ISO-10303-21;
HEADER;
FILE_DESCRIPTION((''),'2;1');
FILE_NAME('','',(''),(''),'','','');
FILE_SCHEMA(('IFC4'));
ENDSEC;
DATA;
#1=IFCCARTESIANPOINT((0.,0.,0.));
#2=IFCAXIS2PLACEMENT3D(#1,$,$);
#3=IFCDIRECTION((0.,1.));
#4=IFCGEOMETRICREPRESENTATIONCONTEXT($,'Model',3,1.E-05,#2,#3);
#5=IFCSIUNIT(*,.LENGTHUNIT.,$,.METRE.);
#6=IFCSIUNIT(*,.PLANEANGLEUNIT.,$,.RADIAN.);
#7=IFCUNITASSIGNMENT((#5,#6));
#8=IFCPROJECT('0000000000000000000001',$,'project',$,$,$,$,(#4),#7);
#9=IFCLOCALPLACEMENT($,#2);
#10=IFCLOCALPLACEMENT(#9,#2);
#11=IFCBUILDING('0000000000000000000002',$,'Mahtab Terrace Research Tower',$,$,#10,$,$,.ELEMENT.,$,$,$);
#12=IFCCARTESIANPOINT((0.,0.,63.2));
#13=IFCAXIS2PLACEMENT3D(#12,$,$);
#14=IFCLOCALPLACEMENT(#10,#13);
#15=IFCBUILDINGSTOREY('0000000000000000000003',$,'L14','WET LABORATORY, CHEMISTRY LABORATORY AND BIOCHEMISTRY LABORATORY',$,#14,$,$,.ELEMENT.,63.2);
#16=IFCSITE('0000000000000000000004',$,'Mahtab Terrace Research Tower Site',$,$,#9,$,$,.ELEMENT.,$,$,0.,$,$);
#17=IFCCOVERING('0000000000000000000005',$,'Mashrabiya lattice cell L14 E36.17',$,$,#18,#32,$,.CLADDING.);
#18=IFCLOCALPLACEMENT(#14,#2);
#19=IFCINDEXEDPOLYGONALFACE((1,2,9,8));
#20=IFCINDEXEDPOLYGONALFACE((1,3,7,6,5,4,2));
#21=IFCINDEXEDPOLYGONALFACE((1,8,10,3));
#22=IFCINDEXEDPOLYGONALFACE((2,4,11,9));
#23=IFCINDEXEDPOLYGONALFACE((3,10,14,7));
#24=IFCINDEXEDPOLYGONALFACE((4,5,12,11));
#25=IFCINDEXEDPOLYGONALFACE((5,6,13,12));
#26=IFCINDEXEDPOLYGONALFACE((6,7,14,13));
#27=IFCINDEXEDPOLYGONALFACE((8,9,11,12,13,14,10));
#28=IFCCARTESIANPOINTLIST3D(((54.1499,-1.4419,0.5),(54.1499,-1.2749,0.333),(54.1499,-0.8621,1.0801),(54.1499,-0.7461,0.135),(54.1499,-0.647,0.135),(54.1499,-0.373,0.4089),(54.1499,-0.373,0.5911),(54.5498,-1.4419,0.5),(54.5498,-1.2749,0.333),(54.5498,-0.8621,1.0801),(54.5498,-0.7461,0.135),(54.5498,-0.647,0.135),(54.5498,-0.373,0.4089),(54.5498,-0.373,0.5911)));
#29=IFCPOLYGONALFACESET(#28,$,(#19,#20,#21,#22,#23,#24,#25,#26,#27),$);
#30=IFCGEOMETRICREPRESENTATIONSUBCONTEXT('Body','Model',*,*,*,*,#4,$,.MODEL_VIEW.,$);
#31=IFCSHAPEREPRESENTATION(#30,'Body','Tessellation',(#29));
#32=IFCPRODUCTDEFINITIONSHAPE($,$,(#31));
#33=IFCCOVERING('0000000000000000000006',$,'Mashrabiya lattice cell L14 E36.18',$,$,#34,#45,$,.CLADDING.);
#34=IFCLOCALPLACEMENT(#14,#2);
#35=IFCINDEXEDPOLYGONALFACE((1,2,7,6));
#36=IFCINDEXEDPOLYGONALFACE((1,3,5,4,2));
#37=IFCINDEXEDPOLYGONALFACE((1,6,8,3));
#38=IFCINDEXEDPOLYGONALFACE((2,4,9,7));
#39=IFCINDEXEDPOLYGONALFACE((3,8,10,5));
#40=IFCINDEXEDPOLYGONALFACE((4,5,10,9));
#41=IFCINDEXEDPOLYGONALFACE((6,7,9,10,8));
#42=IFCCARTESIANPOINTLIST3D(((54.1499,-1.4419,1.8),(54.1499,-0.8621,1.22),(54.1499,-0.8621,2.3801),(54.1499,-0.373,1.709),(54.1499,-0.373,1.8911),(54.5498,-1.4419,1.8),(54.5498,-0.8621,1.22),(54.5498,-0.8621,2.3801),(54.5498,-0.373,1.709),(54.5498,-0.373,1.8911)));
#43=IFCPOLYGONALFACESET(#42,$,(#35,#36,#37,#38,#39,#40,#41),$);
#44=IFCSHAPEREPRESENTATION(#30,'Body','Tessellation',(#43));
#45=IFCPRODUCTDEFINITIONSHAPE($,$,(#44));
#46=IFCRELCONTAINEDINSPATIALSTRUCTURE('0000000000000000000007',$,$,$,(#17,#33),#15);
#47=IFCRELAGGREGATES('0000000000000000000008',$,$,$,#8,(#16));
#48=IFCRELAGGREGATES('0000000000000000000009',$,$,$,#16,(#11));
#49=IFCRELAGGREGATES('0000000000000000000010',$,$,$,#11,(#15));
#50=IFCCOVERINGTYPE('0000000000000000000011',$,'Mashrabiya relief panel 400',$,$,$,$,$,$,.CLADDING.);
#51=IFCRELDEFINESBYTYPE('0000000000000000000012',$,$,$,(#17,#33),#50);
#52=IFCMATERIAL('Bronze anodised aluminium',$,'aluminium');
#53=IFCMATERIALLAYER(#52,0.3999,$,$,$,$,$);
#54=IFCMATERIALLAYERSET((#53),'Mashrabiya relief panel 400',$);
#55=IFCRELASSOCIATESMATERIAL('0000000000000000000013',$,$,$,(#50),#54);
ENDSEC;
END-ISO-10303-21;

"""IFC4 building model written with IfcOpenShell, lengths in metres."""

from ifc_helpers import new_model, si_unit, direction, frame, origin, place, context, subcontext, project, spatial, polyline, outline, extrude, material, layer, layer_set, type_object, element, save


model = new_model("IFC4")

# Units and contexts
model_context = context("Model", 3, precision=1e-05, world=origin(), true_north=direction((0.0, 1.0)))
body_context = subcontext(model_context, "Body", "Model", "MODEL_VIEW")
ifc_project = project(units=[si_unit("LENGTHUNIT", "METRE"), si_unit("PLANEANGLEUNIT", "RADIAN")], contexts=[model_context])

# Site, building, storey
site_placement = place(None, origin())
site = spatial("IfcSite", under=ifc_project, at=site_placement, Name="Mahtab Terrace Research Tower Site", CompositionType="ELEMENT", RefElevation=0.0)
building_placement = place(site_placement, origin())
building = spatial("IfcBuilding", under=site, at=building_placement, Name="Mahtab Terrace Research Tower", CompositionType="ELEMENT")
storey_placement = place(building_placement, frame((0.0, 0.0, 63.2)))
storey = spatial("IfcBuildingStorey", under=building, at=storey_placement, Name="L14", Description="WET LABORATORY, CHEMISTRY LABORATORY AND BIOCHEMISTRY LABORATORY", CompositionType="ELEMENT", Elevation=63.2)

# Coverings
ifc_material = material(Name="Bronze anodised aluminium", Category="aluminium")
ifc_layer = layer(ifc_material, 0.3999)
ifc_layer_set = layer_set([ifc_layer], Name="Mashrabiya relief panel 400")
covering_type = type_object("IfcCoveringType", Name="Mashrabiya relief panel 400", PredefinedType="CLADDING", material=ifc_layer_set)
covering_1_placement = place(storey_placement, frame((54.1499, -1.4419, 0.5), z_axis=(-1.0, 0.0, 0.0), x_axis=(0.0, 0.706958, 0.707256)))
element("IfcCovering", 1, at=covering_1_placement, inside=storey, type_object=covering_type, Name="Mashrabiya lattice cell L14 E36.17", PredefinedType="CLADDING", context=body_context, shape_type="SweptSolid", body=[
    extrude(outline(polyline([(0.0, 0.0), (0.8202, 0.0), (0.82, 0.6916), (0.6912, 0.8203), (0.3038, 0.8202), (0.2338, 0.7501), (0.0, 0.2362), (0.0, 0.0)])), origin(), (0.0, 0.0, -1.0), 0.3999),
])
covering_2_placement = place(storey_placement, frame((54.1499, -0.8621, 1.22), z_axis=(-1.0, 0.0, 0.0), x_axis=(0.0, -0.706958, 0.707256)))
element("IfcCovering", 2, at=covering_2_placement, inside=storey, type_object=covering_type, Name="Mashrabiya lattice cell L14 E36.18", PredefinedType="CLADDING", context=body_context, shape_type="SweptSolid", body=[
    extrude(outline(polyline([(0.0, 0.0), (0.8202, 0.0), (0.8205, 0.8202), (0.129, 0.8203), (0.0001, 0.6916), (0.0, 0.0)])), origin(), (0.0, 0.0, -1.0), 0.3999),
])

save(model, "model.ifc")
